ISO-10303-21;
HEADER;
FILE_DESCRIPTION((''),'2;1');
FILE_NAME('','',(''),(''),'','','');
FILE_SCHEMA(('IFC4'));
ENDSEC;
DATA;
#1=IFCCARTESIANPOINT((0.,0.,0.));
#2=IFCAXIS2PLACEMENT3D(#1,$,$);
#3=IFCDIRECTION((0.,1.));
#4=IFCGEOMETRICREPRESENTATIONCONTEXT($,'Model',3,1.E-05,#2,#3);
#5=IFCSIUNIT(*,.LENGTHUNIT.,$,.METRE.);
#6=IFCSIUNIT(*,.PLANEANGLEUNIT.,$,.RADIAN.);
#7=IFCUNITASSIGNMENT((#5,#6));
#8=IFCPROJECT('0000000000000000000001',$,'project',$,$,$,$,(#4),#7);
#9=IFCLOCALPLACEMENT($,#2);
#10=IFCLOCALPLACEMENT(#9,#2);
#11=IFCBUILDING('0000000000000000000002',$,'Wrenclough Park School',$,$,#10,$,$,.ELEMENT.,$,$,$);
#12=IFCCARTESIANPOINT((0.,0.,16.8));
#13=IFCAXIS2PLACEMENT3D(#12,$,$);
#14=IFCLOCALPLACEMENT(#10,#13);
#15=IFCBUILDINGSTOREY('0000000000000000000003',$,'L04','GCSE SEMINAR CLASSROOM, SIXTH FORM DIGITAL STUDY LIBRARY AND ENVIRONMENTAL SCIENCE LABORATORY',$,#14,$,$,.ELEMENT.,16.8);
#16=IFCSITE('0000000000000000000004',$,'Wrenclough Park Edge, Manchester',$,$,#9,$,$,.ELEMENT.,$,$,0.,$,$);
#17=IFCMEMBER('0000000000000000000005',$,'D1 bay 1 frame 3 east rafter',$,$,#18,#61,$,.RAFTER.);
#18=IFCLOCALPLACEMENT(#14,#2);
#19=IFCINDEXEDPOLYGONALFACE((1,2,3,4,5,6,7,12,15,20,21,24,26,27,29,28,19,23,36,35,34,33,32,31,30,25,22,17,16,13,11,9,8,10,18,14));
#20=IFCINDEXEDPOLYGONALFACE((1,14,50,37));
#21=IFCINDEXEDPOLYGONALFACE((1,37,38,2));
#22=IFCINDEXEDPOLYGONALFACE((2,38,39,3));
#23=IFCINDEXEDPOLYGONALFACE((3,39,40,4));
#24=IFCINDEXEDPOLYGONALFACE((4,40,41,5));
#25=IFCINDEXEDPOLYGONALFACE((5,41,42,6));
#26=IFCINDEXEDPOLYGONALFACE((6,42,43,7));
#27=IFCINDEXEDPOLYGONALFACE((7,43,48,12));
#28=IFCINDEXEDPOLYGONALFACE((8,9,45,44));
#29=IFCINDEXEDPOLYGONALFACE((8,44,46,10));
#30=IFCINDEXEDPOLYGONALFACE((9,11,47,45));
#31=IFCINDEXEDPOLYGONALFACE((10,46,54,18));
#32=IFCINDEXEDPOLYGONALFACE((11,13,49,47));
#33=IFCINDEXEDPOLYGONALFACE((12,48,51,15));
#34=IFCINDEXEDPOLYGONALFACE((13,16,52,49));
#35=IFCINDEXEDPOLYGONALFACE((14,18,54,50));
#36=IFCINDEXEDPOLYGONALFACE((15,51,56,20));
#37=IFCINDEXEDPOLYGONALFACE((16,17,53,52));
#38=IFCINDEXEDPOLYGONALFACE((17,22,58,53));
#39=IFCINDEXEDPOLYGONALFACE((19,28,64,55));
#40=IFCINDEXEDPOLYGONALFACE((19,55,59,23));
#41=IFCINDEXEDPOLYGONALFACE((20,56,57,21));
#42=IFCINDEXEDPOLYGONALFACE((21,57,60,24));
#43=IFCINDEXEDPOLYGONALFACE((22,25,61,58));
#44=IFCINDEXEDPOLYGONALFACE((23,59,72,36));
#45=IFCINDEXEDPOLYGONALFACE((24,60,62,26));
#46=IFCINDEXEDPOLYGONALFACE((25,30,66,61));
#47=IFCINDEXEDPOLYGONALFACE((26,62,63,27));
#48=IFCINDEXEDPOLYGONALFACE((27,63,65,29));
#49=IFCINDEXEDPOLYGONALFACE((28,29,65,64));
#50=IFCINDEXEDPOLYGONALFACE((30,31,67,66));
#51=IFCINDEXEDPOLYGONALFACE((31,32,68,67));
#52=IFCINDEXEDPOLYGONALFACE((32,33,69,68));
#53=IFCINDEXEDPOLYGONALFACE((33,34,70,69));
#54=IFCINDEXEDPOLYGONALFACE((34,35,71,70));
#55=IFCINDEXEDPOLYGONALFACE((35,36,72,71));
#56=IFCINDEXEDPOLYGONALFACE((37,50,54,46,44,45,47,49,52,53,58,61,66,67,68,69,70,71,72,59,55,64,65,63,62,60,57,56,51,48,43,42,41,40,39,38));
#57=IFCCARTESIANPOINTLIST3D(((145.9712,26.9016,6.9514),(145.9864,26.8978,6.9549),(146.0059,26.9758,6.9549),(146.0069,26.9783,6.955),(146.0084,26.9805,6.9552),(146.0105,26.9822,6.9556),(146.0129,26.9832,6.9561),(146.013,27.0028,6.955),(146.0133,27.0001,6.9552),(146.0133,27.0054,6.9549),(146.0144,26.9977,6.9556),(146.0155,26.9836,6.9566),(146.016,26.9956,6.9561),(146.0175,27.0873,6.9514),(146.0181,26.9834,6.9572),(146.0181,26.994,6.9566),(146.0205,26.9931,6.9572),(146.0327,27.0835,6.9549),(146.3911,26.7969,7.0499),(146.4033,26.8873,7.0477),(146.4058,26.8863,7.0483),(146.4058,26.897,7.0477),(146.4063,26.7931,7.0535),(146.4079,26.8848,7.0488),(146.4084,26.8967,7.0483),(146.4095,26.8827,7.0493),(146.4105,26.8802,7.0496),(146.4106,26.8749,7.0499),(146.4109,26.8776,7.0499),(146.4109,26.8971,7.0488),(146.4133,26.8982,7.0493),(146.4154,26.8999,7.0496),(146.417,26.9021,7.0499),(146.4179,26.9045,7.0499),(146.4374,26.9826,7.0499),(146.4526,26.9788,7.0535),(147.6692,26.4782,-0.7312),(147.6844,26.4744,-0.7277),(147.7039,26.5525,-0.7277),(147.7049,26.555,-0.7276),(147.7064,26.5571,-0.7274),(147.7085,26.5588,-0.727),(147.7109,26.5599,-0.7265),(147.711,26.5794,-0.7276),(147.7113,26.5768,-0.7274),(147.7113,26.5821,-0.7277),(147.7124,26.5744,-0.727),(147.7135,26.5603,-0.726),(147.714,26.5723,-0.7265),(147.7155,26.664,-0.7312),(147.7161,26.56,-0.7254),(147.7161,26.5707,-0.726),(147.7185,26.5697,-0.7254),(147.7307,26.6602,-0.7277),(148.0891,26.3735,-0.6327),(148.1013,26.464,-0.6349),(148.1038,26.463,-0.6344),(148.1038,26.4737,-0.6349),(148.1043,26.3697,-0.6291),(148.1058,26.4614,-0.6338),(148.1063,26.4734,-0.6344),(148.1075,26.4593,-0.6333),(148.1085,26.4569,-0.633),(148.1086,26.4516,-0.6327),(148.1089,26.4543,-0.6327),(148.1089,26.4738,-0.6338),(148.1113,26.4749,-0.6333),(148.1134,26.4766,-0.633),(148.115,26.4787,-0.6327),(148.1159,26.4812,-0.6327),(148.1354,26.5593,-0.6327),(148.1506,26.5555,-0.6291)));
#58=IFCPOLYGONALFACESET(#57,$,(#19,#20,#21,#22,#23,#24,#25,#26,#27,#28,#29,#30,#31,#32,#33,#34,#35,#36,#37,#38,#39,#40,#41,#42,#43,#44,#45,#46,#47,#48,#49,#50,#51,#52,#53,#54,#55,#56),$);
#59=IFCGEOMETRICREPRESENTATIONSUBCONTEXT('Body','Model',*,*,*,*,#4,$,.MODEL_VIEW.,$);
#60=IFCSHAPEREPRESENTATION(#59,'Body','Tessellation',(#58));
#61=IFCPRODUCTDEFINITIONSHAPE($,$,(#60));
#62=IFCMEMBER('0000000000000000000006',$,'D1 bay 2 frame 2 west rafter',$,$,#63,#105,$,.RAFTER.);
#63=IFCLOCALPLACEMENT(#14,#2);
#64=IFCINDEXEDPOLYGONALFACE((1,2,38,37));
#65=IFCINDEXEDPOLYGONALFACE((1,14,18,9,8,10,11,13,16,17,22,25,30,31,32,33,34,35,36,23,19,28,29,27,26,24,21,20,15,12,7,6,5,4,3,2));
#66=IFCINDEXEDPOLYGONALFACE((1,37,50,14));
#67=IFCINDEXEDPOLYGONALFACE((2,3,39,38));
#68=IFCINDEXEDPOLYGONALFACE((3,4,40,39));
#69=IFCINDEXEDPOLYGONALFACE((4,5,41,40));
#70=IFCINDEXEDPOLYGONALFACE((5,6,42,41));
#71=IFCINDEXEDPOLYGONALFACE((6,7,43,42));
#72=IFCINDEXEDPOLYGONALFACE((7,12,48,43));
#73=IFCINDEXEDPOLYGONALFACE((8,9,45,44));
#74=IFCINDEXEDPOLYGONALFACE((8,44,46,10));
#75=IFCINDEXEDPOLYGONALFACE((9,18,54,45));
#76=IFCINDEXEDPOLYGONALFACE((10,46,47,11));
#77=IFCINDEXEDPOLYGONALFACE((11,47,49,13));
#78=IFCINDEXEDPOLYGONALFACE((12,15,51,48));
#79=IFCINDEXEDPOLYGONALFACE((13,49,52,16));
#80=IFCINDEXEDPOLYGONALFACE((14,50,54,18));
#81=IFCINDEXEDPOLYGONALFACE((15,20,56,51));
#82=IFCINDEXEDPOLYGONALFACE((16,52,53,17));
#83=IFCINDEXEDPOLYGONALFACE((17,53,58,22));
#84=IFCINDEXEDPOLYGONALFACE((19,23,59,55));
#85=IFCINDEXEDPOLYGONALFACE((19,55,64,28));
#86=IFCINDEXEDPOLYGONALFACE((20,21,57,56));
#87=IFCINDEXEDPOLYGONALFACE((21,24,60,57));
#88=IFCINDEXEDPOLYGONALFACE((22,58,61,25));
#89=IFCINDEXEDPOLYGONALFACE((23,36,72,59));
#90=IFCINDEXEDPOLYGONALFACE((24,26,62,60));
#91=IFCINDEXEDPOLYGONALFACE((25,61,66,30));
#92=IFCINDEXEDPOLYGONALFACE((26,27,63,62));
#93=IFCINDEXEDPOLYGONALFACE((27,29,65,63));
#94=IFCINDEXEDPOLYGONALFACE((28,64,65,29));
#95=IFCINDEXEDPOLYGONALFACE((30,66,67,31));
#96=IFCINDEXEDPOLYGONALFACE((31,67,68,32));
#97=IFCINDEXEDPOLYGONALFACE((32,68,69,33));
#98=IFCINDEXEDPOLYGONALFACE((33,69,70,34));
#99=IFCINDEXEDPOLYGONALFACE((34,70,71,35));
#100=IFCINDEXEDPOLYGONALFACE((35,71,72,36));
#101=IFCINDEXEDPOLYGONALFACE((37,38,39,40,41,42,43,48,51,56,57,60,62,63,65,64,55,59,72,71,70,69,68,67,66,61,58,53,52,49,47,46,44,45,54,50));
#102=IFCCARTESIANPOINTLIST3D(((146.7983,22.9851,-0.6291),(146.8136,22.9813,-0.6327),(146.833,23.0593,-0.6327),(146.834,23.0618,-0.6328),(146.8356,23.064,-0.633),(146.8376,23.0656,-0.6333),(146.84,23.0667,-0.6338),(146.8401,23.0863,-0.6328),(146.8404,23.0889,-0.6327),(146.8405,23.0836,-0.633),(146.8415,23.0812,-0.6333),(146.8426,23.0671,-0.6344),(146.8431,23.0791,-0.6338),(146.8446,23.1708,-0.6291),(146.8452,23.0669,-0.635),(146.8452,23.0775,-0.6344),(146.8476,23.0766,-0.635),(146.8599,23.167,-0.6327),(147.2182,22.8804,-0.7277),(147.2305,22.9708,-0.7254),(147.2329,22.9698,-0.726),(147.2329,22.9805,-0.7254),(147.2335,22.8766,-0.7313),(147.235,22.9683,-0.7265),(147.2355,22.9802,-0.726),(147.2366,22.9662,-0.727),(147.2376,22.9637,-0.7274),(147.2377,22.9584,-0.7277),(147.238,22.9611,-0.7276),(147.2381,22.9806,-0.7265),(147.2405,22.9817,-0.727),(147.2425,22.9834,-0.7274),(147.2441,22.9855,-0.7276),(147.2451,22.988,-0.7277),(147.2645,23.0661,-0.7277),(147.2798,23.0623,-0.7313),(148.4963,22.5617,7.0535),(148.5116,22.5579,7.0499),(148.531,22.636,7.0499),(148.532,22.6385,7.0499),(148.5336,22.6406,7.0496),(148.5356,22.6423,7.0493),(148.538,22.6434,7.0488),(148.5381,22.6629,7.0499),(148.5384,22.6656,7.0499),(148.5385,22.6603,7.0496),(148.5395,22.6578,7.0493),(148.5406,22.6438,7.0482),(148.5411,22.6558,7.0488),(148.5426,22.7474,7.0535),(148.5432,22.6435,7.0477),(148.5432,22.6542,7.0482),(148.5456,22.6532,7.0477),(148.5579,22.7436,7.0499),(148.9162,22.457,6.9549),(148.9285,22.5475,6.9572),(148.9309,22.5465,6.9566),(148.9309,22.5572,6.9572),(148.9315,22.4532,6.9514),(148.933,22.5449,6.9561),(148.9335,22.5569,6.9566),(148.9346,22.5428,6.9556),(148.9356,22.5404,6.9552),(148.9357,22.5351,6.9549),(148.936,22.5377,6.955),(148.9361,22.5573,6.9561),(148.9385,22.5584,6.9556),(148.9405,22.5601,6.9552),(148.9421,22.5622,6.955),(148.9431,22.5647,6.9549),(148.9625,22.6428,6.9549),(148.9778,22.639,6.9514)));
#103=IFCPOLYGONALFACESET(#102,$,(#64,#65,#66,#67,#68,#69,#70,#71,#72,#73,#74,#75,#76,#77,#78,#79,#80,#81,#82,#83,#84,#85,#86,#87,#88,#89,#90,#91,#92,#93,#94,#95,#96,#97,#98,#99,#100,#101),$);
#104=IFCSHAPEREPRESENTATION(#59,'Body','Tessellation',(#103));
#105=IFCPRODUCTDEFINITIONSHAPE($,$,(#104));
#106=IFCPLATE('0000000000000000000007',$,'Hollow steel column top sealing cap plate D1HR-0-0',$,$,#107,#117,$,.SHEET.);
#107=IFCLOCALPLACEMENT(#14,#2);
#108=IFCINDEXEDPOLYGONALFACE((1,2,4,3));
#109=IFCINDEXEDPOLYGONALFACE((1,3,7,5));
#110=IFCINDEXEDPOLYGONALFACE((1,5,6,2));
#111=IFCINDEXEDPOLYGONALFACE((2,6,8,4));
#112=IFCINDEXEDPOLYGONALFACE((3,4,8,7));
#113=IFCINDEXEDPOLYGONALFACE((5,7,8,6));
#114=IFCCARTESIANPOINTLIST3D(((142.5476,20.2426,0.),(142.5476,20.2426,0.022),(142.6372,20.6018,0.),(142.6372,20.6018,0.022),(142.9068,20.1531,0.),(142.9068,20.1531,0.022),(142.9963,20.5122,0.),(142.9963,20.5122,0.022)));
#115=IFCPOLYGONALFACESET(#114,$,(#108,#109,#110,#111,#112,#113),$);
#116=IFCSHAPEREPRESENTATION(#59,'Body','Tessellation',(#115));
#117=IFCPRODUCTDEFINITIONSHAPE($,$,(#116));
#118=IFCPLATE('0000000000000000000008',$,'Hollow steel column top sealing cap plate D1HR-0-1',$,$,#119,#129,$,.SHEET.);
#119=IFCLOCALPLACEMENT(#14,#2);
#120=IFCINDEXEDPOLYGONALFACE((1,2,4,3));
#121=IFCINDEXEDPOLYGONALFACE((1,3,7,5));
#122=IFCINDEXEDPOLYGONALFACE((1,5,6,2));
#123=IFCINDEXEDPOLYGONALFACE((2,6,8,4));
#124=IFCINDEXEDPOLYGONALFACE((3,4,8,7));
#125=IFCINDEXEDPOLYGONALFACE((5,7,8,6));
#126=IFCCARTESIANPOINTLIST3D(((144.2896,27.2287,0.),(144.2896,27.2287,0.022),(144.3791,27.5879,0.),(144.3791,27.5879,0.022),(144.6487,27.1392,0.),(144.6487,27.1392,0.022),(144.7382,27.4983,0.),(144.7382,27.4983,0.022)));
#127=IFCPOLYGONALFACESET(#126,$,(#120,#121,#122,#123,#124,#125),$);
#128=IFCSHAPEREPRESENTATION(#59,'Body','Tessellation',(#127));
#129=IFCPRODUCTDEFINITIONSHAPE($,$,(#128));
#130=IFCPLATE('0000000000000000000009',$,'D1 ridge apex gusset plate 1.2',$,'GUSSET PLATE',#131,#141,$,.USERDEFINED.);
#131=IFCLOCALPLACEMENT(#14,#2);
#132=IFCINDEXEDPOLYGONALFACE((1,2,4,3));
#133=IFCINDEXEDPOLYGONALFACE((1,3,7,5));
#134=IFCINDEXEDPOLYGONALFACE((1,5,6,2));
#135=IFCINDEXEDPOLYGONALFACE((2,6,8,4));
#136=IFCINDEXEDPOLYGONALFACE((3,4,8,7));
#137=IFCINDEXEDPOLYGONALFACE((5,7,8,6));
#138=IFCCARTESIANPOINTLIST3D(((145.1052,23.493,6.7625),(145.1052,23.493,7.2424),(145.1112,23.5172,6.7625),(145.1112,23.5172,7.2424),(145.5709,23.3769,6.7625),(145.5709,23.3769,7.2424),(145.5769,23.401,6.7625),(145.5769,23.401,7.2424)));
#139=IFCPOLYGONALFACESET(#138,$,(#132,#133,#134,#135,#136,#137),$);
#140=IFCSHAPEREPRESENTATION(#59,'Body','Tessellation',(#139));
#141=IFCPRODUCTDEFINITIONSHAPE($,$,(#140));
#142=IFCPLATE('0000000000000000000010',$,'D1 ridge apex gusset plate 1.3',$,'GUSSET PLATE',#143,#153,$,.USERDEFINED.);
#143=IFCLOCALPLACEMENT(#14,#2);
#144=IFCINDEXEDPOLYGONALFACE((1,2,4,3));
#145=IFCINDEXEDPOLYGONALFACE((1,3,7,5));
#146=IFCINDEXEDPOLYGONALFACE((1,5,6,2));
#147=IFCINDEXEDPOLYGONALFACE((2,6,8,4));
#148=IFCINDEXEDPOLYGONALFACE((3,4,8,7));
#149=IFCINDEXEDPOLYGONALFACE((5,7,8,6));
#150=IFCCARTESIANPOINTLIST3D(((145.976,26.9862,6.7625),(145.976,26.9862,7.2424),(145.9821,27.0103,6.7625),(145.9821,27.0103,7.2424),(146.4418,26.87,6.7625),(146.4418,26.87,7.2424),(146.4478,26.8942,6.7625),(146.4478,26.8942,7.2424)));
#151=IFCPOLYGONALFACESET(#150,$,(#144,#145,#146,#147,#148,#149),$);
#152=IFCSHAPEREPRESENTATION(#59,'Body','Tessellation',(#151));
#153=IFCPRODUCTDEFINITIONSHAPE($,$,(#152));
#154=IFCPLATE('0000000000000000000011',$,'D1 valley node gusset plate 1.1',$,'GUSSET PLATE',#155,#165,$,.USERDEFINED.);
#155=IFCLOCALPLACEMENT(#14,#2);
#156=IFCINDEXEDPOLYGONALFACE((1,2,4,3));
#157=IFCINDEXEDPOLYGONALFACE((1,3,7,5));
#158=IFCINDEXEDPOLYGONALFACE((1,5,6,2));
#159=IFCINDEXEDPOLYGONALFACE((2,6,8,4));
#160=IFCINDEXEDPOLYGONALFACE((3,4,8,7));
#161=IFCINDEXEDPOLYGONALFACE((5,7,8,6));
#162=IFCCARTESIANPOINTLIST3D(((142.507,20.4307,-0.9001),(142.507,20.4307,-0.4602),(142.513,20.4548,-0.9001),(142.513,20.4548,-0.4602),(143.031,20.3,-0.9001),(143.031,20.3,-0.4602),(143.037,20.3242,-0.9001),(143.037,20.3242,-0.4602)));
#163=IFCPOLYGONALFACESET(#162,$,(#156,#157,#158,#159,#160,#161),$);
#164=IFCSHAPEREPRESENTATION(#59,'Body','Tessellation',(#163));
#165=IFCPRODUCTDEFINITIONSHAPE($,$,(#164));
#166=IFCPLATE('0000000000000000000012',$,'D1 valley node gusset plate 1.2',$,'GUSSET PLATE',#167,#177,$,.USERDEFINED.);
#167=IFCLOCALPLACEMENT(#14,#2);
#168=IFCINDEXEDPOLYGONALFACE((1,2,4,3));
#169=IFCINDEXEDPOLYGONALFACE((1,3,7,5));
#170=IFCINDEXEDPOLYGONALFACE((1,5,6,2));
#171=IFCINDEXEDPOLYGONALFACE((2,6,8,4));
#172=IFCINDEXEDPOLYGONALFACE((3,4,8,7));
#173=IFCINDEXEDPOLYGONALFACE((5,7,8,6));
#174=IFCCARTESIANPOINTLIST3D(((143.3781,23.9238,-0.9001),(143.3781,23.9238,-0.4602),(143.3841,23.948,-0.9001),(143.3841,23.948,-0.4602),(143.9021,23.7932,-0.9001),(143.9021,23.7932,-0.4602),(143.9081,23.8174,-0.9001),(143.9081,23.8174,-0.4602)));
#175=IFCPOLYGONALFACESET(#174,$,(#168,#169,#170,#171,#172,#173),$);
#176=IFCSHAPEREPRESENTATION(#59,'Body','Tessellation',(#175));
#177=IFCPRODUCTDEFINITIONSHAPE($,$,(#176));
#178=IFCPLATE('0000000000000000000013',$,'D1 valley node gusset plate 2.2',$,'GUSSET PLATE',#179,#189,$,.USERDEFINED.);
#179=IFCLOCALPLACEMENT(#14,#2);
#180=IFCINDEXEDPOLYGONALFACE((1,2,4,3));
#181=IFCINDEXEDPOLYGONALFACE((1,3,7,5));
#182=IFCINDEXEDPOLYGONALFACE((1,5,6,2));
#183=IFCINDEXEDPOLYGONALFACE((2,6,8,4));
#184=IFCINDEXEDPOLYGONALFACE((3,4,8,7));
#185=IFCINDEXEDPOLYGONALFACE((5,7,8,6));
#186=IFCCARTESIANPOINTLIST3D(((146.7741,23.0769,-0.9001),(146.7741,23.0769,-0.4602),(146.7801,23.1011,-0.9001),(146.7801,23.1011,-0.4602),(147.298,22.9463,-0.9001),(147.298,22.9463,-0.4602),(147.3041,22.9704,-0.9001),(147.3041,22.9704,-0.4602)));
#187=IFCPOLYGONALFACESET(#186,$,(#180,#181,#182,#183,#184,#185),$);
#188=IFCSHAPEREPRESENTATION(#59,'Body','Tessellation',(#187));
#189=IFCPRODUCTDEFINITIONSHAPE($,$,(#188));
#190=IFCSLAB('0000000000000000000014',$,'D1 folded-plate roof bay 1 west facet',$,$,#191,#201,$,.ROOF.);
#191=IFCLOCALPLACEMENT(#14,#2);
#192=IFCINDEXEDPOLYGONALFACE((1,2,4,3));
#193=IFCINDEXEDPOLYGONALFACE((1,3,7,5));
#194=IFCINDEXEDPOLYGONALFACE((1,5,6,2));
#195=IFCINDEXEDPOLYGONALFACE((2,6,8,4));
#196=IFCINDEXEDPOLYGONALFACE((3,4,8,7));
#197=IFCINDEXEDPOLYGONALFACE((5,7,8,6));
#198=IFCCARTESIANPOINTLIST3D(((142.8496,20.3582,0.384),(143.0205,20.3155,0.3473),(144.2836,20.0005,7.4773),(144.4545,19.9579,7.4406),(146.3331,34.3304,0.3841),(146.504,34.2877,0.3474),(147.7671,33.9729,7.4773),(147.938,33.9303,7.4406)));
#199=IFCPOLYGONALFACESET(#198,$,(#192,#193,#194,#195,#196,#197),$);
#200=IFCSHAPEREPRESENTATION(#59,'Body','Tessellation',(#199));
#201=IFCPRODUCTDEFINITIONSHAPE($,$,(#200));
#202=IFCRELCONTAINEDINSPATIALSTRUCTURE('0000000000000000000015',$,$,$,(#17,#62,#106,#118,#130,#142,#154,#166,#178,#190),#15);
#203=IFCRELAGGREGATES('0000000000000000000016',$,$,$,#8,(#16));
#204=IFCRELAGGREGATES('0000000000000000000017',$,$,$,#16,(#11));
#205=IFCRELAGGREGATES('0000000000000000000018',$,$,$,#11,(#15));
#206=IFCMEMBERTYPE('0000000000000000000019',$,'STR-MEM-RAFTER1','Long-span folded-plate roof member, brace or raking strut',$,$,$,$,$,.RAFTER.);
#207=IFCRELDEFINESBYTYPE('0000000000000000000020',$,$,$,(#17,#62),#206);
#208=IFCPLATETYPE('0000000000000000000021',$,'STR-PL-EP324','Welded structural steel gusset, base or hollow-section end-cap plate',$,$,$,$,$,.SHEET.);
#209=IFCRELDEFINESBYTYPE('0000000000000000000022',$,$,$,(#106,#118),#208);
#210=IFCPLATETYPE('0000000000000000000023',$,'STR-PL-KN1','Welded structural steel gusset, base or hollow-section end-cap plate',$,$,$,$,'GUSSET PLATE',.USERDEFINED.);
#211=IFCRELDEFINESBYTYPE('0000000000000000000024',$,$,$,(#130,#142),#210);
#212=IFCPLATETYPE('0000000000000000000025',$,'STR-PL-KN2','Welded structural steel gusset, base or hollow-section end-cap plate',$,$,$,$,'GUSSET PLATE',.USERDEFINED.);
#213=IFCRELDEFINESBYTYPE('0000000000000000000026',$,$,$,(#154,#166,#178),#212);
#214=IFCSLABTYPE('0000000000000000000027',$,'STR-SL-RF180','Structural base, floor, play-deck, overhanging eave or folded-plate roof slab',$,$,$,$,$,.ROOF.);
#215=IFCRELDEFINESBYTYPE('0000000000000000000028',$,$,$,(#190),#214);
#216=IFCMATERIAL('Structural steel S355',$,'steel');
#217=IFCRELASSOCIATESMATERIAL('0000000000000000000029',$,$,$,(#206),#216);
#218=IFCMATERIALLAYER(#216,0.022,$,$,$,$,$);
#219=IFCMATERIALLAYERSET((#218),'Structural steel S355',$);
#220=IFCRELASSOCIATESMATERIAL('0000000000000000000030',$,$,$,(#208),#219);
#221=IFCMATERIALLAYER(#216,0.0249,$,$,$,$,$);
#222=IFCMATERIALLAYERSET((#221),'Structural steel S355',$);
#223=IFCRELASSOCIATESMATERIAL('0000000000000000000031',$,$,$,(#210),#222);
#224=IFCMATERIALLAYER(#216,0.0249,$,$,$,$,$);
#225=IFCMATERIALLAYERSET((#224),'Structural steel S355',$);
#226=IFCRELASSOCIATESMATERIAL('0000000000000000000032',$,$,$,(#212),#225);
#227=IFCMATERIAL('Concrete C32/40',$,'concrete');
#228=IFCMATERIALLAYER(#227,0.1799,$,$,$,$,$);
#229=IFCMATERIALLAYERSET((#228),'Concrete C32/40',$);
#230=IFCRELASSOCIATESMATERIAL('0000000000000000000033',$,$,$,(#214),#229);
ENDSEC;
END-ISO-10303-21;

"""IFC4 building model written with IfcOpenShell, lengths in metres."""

from ifc_helpers import new_model, si_unit, direction, frame, origin, origin_2d, place, context, subcontext, project, spatial, polyline, rectangle, i_section, outline, extrude, material, layer, layer_set, material_profile, profile_set, type_object, element, save


model = new_model("IFC4")

# Units and contexts
model_context = context("Model", 3, precision=1e-05, world=origin(), true_north=direction((0.0, 1.0)))
body_context = subcontext(model_context, "Body", "Model", "MODEL_VIEW")
ifc_project = project(units=[si_unit("LENGTHUNIT", "METRE"), si_unit("PLANEANGLEUNIT", "RADIAN")], contexts=[model_context])

# Site, building, storey
site_placement = place(None, origin())
site = spatial("IfcSite", under=ifc_project, at=site_placement, Name="Wrenclough Park Edge, Manchester", CompositionType="ELEMENT", RefElevation=0.0)
building_placement = place(site_placement, origin())
building = spatial("IfcBuilding", under=site, at=building_placement, Name="Wrenclough Park School", CompositionType="ELEMENT")
storey_placement = place(building_placement, frame((0.0, 0.0, 16.8)))
storey = spatial("IfcBuildingStorey", under=building, at=storey_placement, Name="L04", Description="GCSE SEMINAR CLASSROOM, SIXTH FORM DIGITAL STUDY LIBRARY AND ENVIRONMENTAL SCIENCE LABORATORY", CompositionType="ELEMENT", Elevation=16.8)

# Shared definitions
ifc_material_1 = material(Name="Structural steel S355", Category="steel")

# Members
ifc_material_profile_1 = material_profile(ifc_material_1, i_section(OverallWidth=0.1914, OverallDepth=0.46, WebThickness=0.01, FlangeThickness=0.0161, FilletRadius=0.0103, at=origin_2d()), Name="UKB 457x191x82")
ifc_profile_set_1 = profile_set([ifc_material_profile_1], Name="Structural steel S355")
member_type_1 = type_object("IfcMemberType", Name="STR-MEM-RAFTER1", Description="Long-span folded-plate roof member, brace or raking strut", PredefinedType="RAFTER", material=ifc_profile_set_1)
for number, where, z_axis, x_axis, name in (
    (1, (146.2119, 26.9402, 7.0024), (0.215498, -0.053727, -0.975025), (0.241912, 0.970298, 0.0), "D1 bay 1 frame 3 east rafter"),
    (2, (147.0391, 23.0237, -0.6802), (0.215498, -0.053727, 0.975025), (0.241912, 0.970298, 0.0), "D1 bay 2 frame 2 west rafter"),
):
    element("IfcMember", number, at=place(storey_placement, frame(where, z_axis=z_axis, x_axis=x_axis)), inside=storey, type_object=member_type_1, Name=name, PredefinedType="RAFTER", context=body_context, shape_type="SweptSolid", body=[
        extrude(i_section(OverallWidth=0.1914, OverallDepth=0.46, WebThickness=0.01, FlangeThickness=0.0161, FilletRadius=0.0103, at=origin_2d()), origin(), (0.0, 0.0, 1.0), 7.8794),
    ])

# Plates
ifc_layer_1 = layer(ifc_material_1, 0.022)
ifc_layer_set_1 = layer_set([ifc_layer_1], Name="Structural steel S355")
plate_type_1 = type_object("IfcPlateType", Name="STR-PL-EP324", Description="Welded structural steel gusset, base or hollow-section end-cap plate", PredefinedType="SHEET", material=ifc_layer_set_1)
for number, where, z_axis, x_axis, name in (
    (3, (142.772, 20.3774, 0.0), (0.0, 0.0, 1.0), (0.970296, -0.241922, 0.0), "Hollow steel column top sealing cap plate D1HR-0-0"),
    (4, (144.5139, 27.3635, 0.0), (0.0, 0.0, 1.0), (0.970296, -0.241922, 0.0), "Hollow steel column top sealing cap plate D1HR-0-1"),
):
    element("IfcPlate", number, at=place(storey_placement, frame(where, z_axis=z_axis, x_axis=x_axis)), inside=storey, type_object=plate_type_1, Name=name, PredefinedType="SHEET", context=body_context, shape_type="SweptSolid", body=[
        extrude(rectangle(XDim=0.3701, YDim=0.3701, at=origin_2d()), origin(), (0.0, 0.0, 1.0), 0.022),
    ])
ifc_layer_2 = layer(ifc_material_1, 0.0249)
ifc_layer_set_2 = layer_set([ifc_layer_2], Name="Structural steel S355")
plate_type_2 = type_object("IfcPlateType", Name="STR-PL-KN1", Description="Welded structural steel gusset, base or hollow-section end-cap plate", ElementType="GUSSET PLATE", PredefinedType="USERDEFINED", material=ifc_layer_set_2)
for number, where, z_axis, x_axis, name in (
    (5, (145.3411, 23.447, 6.7625), (0.0, 0.0, 1.0), (0.970296, -0.241922, 0.0), "D1 ridge apex gusset plate 1.2"),
    (6, (146.2119, 26.9402, 6.7625), (0.0, 0.0, 1.0), (0.970296, -0.241922, 0.0), "D1 ridge apex gusset plate 1.3"),
):
    element("IfcPlate", number, at=place(storey_placement, frame(where, z_axis=z_axis, x_axis=x_axis)), inside=storey, type_object=plate_type_2, Name=name, ObjectType="GUSSET PLATE", PredefinedType="USERDEFINED", context=body_context, shape_type="SweptSolid", body=[
        extrude(rectangle(XDim=0.48, YDim=0.0249, at=origin_2d()), origin(), (0.0, 0.0, 1.0), 0.48),
    ])
ifc_layer_3 = layer(ifc_material_1, 0.0249)
ifc_layer_set_3 = layer_set([ifc_layer_3], Name="Structural steel S355")
plate_type_3 = type_object("IfcPlateType", Name="STR-PL-KN2", Description="Welded structural steel gusset, base or hollow-section end-cap plate", ElementType="GUSSET PLATE", PredefinedType="USERDEFINED", material=ifc_layer_set_3)
for number, where, z_axis, x_axis, name in (
    (7, (142.772, 20.3774, -0.9001), (0.0, 0.0, 1.0), (0.970296, -0.241922, 0.0), "D1 valley node gusset plate 1.1"),
    (8, (143.6431, 23.8706, -0.9001), (0.0, 0.0, 1.0), (0.970296, -0.241922, 0.0), "D1 valley node gusset plate 1.2"),
    (9, (147.0391, 23.0237, -0.9001), (0.0, 0.0, 1.0), (0.970296, -0.241922, 0.0), "D1 valley node gusset plate 2.2"),
):
    element("IfcPlate", number, at=place(storey_placement, frame(where, z_axis=z_axis, x_axis=x_axis)), inside=storey, type_object=plate_type_3, Name=name, ObjectType="GUSSET PLATE", PredefinedType="USERDEFINED", context=body_context, shape_type="SweptSolid", body=[
        extrude(rectangle(XDim=0.54, YDim=0.0249, at=origin_2d()), origin(), (0.0, 0.0, 1.0), 0.4399),
    ])

# Slab
ifc_material_2 = material(Name="Concrete C32/40", Category="concrete")
ifc_layer_4 = layer(ifc_material_2, 0.1799)
ifc_layer_set_4 = layer_set([ifc_layer_4], Name="Concrete C32/40")
slab_type = type_object("IfcSlabType", Name="STR-SL-RF180", Description="Structural base, floor, play-deck, overhanging eave or folded-plate roof slab", PredefinedType="ROOF", material=ifc_layer_set_4)
slab_placement = place(storey_placement, frame((142.8496, 20.3582, 0.384), z_axis=(-0.9499, 0.236826, 0.203967), x_axis=(0.197905, -0.049358, 0.978978)))
element("IfcSlab", 10, at=slab_placement, inside=storey, type_object=slab_type, Name="D1 folded-plate roof bay 1 west facet", PredefinedType="ROOF", context=body_context, shape_type="SweptSolid", body=[
    extrude(outline(polyline([(0.0, 0.0), (7.2456, 0.0), (7.2453, 14.4001), (-0.0002, 14.3999), (0.0, 0.0)])), origin(), (0.0, 0.0, -1.0), 0.1799),
])

save(model, "model.ifc")
